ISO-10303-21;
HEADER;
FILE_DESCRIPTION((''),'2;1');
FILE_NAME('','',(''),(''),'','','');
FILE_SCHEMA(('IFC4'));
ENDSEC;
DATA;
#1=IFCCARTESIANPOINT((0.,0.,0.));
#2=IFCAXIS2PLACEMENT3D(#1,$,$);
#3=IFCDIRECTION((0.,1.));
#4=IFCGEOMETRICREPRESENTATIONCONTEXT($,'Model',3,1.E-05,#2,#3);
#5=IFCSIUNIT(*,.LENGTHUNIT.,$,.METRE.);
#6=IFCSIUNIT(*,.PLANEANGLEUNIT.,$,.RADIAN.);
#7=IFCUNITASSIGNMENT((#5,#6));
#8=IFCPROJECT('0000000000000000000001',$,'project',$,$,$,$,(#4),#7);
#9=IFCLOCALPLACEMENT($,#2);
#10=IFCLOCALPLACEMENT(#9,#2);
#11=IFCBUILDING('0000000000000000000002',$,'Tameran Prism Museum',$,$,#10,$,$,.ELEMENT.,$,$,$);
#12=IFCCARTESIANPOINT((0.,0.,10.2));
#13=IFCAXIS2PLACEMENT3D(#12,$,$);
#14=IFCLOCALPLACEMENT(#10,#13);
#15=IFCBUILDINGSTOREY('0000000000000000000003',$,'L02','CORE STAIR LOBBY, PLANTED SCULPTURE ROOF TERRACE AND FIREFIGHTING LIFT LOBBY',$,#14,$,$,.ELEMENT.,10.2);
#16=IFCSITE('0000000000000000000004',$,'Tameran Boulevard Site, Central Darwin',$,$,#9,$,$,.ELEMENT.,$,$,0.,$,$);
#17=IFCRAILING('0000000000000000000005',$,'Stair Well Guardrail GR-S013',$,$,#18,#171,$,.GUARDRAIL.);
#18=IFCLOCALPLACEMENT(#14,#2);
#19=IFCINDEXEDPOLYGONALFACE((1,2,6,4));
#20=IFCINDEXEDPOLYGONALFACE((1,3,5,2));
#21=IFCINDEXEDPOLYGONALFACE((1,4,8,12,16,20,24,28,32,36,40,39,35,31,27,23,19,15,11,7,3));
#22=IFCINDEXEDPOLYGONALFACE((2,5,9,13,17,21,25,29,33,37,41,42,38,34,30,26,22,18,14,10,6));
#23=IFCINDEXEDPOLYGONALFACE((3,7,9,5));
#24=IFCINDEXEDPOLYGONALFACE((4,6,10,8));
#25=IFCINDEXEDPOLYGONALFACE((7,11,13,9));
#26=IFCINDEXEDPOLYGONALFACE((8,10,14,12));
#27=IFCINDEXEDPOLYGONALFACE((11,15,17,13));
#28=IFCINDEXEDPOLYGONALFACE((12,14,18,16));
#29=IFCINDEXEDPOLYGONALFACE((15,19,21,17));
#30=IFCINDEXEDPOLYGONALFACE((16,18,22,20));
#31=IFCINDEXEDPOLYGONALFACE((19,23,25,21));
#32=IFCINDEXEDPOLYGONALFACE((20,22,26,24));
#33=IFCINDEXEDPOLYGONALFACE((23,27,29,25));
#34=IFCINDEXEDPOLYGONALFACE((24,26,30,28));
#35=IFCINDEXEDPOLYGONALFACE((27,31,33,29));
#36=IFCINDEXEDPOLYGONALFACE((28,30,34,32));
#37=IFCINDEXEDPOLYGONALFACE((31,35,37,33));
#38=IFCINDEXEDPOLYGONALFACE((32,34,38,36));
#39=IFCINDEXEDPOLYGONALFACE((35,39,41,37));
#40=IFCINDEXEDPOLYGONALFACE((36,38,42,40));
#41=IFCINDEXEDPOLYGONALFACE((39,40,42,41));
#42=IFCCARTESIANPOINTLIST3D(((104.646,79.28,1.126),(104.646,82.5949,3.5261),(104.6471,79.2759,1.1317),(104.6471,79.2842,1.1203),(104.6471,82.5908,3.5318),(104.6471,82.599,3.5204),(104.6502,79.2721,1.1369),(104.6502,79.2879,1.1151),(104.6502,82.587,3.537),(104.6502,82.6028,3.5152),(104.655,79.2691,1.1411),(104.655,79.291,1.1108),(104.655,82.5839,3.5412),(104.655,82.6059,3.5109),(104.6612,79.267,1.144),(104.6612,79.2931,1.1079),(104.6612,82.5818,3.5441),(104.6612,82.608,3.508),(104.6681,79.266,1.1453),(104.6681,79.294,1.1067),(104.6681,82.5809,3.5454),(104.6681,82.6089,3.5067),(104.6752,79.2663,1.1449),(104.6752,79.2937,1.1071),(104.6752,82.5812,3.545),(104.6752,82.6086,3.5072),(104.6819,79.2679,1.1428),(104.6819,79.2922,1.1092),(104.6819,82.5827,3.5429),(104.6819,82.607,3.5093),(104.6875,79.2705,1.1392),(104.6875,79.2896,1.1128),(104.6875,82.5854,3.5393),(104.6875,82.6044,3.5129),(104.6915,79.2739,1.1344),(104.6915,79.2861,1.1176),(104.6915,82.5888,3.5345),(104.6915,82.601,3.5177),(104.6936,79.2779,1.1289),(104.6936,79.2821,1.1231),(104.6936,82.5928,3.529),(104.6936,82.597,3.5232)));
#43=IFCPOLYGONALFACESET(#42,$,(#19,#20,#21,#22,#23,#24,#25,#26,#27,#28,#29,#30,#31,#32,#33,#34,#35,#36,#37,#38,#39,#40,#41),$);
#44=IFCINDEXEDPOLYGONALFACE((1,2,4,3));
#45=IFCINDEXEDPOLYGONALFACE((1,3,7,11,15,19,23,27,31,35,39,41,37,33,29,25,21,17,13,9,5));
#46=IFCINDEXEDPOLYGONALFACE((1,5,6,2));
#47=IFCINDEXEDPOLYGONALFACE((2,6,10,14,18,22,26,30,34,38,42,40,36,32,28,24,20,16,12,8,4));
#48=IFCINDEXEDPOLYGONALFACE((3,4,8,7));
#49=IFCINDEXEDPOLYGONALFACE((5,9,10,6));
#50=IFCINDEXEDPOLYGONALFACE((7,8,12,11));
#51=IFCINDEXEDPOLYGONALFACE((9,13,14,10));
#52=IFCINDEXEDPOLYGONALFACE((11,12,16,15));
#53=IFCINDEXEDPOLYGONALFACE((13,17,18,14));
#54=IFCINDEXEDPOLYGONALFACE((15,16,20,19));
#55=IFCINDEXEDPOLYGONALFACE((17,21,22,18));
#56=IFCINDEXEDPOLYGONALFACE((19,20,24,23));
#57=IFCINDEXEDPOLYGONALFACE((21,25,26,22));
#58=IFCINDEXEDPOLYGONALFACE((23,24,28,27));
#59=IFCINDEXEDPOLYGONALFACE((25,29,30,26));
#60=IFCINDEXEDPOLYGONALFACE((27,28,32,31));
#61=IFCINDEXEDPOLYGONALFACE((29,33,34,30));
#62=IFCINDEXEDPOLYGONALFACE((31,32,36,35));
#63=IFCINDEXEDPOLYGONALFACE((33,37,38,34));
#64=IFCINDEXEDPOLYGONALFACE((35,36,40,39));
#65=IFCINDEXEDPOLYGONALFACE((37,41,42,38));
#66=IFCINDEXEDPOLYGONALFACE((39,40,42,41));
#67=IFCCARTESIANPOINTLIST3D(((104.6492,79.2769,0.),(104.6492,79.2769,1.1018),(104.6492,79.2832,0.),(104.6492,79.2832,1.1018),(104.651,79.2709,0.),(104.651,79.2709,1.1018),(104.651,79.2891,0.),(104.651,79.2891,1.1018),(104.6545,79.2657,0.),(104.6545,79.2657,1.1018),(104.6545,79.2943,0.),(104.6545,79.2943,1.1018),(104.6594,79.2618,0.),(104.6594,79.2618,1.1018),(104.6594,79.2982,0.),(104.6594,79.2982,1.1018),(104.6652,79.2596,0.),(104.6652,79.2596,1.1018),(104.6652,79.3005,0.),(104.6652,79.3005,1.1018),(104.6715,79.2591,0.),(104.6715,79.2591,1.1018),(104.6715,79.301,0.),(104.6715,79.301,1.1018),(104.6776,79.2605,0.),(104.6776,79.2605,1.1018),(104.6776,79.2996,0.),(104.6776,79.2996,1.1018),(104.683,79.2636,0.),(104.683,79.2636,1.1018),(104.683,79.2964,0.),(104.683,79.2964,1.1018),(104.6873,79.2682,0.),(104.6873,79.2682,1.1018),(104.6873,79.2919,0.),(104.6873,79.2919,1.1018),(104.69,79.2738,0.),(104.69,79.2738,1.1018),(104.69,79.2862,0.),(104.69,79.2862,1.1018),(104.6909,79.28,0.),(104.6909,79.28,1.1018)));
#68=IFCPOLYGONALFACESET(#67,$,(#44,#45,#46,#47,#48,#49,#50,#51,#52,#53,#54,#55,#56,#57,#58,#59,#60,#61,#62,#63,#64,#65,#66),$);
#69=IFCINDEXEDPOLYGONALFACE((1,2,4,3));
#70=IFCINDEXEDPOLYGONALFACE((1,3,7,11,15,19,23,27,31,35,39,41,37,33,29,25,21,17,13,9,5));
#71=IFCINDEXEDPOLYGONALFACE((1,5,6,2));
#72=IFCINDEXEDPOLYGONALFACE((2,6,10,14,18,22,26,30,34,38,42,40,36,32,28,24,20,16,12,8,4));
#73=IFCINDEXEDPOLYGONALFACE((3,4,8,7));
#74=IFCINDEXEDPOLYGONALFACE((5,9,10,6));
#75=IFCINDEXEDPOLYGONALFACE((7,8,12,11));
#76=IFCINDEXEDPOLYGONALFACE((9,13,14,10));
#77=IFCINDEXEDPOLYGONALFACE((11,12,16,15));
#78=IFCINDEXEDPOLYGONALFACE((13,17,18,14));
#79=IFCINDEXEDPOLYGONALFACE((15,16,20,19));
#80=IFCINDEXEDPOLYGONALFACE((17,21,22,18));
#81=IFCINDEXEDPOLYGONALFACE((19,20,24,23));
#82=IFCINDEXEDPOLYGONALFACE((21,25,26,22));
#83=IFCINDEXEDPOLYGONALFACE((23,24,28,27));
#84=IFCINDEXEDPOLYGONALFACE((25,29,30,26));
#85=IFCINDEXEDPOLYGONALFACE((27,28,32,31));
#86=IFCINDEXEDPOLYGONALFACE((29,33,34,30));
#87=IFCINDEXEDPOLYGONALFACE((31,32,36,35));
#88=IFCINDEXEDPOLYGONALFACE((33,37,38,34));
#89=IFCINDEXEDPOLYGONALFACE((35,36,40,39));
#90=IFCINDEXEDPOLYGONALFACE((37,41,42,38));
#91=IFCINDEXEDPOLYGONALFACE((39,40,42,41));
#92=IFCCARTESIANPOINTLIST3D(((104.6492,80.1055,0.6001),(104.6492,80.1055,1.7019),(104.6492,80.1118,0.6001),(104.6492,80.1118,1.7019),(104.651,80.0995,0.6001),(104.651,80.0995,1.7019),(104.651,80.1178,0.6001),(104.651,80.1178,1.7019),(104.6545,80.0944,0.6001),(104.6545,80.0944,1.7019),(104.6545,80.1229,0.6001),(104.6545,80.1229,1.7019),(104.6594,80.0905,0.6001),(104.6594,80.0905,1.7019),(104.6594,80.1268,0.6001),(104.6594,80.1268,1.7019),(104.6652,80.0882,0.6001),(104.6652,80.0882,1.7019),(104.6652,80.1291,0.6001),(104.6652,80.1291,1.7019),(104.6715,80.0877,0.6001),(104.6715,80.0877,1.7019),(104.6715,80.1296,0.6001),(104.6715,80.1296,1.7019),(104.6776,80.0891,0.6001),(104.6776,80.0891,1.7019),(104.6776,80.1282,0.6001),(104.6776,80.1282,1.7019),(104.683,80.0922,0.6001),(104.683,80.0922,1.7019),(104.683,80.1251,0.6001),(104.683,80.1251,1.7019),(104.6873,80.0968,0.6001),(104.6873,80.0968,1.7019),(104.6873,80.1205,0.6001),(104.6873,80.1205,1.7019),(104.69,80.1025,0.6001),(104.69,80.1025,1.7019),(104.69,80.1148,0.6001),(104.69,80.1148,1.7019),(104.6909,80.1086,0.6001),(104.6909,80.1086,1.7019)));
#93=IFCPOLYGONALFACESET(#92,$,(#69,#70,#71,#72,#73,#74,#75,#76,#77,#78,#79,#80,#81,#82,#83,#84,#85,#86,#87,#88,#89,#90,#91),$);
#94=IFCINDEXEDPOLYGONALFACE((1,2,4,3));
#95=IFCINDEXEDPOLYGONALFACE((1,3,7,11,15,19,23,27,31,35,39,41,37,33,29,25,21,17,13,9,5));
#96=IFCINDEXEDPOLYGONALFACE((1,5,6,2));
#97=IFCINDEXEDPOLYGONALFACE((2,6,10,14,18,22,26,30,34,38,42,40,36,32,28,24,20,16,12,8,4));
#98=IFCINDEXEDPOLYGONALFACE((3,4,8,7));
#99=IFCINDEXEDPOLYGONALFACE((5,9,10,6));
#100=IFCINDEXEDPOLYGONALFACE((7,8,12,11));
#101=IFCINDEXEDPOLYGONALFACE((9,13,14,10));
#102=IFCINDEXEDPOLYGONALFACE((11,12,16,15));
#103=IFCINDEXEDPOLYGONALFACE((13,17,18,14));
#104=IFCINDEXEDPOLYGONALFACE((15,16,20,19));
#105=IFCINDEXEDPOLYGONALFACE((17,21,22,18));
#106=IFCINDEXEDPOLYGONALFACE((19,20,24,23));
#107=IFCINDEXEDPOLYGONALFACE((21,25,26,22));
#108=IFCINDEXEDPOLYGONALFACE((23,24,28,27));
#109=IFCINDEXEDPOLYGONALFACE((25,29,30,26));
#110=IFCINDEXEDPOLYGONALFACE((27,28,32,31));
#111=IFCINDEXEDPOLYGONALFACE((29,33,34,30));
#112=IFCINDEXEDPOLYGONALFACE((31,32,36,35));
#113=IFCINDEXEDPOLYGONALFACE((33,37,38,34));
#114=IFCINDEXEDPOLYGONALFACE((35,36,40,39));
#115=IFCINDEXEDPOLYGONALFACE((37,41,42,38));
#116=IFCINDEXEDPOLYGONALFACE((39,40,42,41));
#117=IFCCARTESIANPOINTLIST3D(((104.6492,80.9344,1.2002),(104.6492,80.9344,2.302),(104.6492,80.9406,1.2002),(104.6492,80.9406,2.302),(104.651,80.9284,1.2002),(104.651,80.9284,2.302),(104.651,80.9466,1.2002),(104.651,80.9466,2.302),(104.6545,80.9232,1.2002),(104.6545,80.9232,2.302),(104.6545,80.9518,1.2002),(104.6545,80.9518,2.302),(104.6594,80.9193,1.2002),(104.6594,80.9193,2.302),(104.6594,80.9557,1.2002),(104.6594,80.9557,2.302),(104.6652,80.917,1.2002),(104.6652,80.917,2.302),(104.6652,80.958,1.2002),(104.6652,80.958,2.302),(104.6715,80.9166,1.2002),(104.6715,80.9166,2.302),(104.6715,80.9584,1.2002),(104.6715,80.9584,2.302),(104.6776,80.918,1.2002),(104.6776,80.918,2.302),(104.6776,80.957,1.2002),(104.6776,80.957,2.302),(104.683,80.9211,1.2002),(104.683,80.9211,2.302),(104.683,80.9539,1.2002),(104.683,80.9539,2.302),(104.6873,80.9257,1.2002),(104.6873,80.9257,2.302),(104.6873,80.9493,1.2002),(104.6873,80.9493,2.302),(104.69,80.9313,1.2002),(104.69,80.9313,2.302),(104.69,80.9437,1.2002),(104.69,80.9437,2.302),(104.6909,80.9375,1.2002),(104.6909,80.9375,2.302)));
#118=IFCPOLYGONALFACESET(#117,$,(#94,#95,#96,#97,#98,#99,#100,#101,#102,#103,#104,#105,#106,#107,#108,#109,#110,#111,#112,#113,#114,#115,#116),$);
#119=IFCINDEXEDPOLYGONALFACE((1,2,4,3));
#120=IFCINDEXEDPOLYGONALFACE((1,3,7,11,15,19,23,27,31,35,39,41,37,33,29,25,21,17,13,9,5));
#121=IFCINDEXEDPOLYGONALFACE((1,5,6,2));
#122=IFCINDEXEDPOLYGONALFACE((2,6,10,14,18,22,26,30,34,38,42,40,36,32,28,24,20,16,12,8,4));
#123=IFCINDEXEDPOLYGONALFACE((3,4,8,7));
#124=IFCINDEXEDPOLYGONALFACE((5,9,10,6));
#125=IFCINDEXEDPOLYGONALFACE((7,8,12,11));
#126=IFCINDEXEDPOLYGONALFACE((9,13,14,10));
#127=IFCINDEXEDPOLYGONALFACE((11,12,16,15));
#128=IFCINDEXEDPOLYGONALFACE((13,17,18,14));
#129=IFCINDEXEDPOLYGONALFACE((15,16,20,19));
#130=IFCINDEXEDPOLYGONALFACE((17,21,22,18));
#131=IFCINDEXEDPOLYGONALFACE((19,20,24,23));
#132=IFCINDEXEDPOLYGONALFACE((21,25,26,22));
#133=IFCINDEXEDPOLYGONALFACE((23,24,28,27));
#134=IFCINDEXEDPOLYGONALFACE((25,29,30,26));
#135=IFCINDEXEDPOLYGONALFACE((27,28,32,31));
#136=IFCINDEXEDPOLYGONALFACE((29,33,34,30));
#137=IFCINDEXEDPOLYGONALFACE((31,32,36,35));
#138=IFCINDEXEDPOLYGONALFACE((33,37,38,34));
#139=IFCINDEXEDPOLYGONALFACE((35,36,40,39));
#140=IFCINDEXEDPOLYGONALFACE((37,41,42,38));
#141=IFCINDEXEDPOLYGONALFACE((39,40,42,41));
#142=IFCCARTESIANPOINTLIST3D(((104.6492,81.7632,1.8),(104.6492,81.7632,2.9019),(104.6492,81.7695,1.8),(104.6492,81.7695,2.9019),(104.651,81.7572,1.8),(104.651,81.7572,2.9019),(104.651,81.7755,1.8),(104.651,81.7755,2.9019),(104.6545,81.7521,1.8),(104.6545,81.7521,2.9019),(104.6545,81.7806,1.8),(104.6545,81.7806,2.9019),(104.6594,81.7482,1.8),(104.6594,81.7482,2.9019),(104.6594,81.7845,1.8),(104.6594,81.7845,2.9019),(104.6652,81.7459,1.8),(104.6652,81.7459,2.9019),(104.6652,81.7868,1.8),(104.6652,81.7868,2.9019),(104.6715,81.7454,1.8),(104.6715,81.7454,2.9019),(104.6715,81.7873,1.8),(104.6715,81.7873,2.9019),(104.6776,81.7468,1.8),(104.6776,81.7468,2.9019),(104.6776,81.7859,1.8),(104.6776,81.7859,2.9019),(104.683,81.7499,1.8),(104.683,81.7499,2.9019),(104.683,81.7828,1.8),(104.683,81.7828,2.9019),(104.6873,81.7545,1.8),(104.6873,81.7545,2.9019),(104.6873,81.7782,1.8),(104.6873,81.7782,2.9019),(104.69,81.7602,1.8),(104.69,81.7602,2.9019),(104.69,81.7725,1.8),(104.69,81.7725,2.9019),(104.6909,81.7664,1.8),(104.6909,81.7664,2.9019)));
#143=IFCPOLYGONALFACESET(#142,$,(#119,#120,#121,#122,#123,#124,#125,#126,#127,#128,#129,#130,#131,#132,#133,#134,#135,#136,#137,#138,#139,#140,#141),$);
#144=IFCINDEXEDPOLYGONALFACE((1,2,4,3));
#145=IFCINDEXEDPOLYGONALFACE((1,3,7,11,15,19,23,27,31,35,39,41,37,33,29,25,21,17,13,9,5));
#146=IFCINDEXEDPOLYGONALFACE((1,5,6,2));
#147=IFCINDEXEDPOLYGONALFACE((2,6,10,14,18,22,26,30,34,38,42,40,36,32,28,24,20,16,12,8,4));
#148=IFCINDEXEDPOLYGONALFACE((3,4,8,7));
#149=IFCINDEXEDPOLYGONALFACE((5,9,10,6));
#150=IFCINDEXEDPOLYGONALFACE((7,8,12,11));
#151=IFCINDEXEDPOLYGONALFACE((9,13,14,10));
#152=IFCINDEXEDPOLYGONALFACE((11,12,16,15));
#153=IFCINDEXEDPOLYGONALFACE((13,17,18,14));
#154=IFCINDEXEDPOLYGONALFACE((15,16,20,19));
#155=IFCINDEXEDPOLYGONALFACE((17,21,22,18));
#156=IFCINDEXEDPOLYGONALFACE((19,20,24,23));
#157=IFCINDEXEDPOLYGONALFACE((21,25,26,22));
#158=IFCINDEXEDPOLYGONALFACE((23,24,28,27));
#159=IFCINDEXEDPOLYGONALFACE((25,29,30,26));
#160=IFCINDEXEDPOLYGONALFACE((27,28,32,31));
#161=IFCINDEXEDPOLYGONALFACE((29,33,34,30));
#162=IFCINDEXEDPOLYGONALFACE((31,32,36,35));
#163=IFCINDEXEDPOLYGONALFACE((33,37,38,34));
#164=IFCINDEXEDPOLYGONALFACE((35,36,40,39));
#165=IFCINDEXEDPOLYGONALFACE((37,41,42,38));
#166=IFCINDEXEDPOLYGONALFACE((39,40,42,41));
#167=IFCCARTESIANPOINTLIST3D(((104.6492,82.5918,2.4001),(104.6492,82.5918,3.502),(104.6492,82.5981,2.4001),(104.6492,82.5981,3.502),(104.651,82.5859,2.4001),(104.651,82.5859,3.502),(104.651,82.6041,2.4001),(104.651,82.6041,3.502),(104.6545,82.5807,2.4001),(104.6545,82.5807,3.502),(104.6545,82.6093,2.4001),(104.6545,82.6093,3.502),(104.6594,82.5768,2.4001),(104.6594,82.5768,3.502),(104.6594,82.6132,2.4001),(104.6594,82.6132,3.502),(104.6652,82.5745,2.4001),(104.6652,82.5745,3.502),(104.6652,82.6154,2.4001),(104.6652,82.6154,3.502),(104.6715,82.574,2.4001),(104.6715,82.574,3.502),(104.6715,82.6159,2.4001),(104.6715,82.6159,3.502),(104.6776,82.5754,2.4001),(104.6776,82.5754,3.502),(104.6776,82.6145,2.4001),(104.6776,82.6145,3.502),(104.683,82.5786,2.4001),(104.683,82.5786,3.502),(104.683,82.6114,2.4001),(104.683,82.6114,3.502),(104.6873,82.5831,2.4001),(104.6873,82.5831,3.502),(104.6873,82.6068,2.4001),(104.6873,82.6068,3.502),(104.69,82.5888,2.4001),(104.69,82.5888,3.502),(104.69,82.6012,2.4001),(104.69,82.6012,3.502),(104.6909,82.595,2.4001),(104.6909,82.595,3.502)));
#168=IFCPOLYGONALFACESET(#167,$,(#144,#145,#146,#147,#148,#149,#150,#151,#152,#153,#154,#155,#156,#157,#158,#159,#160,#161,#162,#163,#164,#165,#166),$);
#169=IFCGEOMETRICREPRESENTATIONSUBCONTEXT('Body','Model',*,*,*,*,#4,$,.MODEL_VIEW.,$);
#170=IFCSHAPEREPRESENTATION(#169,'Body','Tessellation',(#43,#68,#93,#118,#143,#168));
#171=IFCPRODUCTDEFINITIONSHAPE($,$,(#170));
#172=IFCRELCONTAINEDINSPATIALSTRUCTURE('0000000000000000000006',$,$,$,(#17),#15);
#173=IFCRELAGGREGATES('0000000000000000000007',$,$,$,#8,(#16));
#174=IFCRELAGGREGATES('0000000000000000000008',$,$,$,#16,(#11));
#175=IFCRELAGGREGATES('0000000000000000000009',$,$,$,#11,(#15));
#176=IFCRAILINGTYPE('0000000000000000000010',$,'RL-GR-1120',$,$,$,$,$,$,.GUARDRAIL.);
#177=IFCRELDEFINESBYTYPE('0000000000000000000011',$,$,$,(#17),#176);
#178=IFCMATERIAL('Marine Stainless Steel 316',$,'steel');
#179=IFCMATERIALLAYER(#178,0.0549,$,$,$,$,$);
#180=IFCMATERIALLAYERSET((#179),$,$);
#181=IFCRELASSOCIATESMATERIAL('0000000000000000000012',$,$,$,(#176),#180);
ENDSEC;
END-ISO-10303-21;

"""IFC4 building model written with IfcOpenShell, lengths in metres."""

from ifc_helpers import new_model, si_unit, direction, frame, origin, origin_2d, place, context, subcontext, project, spatial, circle, extrude, material, layer, layer_set, type_object, element, save


model = new_model("IFC4")

# Units and contexts
model_context = context("Model", 3, precision=1e-05, world=origin(), true_north=direction((0.0, 1.0)))
body_context = subcontext(model_context, "Body", "Model", "MODEL_VIEW")
ifc_project = project(units=[si_unit("LENGTHUNIT", "METRE"), si_unit("PLANEANGLEUNIT", "RADIAN")], contexts=[model_context])

# Site, building, storey
site_placement = place(None, origin())
site = spatial("IfcSite", under=ifc_project, at=site_placement, Name="Tameran Boulevard Site, Central Darwin", CompositionType="ELEMENT", RefElevation=0.0)
building_placement = place(site_placement, origin())
building = spatial("IfcBuilding", under=site, at=building_placement, Name="Tameran Prism Museum", CompositionType="ELEMENT")
storey_placement = place(building_placement, frame((0.0, 0.0, 10.2)))
storey = spatial("IfcBuildingStorey", under=building, at=storey_placement, Name="L02", Description="CORE STAIR LOBBY, PLANTED SCULPTURE ROOF TERRACE AND FIREFIGHTING LIFT LOBBY", CompositionType="ELEMENT", Elevation=10.2)

# Railing
ifc_material_1 = material(Name="Marine Stainless Steel 316", Category="steel")
ifc_layer_1 = layer(ifc_material_1, 0.0549)
ifc_layer_set_1 = layer_set([ifc_layer_1])
railing_type_1 = type_object("IfcRailingType", Name="RL-GR-1120", PredefinedType="GUARDRAIL", material=ifc_layer_set_1)
railing_1_placement = place(storey_placement, frame((104.6699, 79.28, 0.0)))
element("IfcRailing", 1, at=railing_1_placement, inside=storey, type_object=railing_type_1, Name="Stair Well Guardrail GR-S013", PredefinedType="GUARDRAIL", context=body_context, shape_type="SweptSolid", body=[
    extrude(circle(Radius=0.0239, at=origin_2d()), frame((0.0, 0.0, 1.126), z_axis=(0.0, 0.80998, 0.586457), x_axis=(-1.0, 0.0, 0.0)), (0.0, 0.0, 1.0), 4.0925),
    extrude(circle(Radius=0.021, at=origin_2d()), origin(), (0.0, 0.0, 1.0), 1.1018),
    extrude(circle(Radius=0.021, at=origin_2d()), frame((0.0, 0.8286, 0.6001)), (0.0, 0.0, 1.0), 1.1018),
    extrude(circle(Radius=0.021, at=origin_2d()), frame((0.0, 1.6575, 1.2002)), (0.0, 0.0, 1.0), 1.1018),
    extrude(circle(Radius=0.021, at=origin_2d()), frame((0.0, 2.4863, 1.8)), (0.0, 0.0, 1.0), 1.1018),
    extrude(circle(Radius=0.021, at=origin_2d()), frame((0.0, 3.3149, 2.4001)), (0.0, 0.0, 1.0), 1.1018),
])

save(model, "model.ifc")
